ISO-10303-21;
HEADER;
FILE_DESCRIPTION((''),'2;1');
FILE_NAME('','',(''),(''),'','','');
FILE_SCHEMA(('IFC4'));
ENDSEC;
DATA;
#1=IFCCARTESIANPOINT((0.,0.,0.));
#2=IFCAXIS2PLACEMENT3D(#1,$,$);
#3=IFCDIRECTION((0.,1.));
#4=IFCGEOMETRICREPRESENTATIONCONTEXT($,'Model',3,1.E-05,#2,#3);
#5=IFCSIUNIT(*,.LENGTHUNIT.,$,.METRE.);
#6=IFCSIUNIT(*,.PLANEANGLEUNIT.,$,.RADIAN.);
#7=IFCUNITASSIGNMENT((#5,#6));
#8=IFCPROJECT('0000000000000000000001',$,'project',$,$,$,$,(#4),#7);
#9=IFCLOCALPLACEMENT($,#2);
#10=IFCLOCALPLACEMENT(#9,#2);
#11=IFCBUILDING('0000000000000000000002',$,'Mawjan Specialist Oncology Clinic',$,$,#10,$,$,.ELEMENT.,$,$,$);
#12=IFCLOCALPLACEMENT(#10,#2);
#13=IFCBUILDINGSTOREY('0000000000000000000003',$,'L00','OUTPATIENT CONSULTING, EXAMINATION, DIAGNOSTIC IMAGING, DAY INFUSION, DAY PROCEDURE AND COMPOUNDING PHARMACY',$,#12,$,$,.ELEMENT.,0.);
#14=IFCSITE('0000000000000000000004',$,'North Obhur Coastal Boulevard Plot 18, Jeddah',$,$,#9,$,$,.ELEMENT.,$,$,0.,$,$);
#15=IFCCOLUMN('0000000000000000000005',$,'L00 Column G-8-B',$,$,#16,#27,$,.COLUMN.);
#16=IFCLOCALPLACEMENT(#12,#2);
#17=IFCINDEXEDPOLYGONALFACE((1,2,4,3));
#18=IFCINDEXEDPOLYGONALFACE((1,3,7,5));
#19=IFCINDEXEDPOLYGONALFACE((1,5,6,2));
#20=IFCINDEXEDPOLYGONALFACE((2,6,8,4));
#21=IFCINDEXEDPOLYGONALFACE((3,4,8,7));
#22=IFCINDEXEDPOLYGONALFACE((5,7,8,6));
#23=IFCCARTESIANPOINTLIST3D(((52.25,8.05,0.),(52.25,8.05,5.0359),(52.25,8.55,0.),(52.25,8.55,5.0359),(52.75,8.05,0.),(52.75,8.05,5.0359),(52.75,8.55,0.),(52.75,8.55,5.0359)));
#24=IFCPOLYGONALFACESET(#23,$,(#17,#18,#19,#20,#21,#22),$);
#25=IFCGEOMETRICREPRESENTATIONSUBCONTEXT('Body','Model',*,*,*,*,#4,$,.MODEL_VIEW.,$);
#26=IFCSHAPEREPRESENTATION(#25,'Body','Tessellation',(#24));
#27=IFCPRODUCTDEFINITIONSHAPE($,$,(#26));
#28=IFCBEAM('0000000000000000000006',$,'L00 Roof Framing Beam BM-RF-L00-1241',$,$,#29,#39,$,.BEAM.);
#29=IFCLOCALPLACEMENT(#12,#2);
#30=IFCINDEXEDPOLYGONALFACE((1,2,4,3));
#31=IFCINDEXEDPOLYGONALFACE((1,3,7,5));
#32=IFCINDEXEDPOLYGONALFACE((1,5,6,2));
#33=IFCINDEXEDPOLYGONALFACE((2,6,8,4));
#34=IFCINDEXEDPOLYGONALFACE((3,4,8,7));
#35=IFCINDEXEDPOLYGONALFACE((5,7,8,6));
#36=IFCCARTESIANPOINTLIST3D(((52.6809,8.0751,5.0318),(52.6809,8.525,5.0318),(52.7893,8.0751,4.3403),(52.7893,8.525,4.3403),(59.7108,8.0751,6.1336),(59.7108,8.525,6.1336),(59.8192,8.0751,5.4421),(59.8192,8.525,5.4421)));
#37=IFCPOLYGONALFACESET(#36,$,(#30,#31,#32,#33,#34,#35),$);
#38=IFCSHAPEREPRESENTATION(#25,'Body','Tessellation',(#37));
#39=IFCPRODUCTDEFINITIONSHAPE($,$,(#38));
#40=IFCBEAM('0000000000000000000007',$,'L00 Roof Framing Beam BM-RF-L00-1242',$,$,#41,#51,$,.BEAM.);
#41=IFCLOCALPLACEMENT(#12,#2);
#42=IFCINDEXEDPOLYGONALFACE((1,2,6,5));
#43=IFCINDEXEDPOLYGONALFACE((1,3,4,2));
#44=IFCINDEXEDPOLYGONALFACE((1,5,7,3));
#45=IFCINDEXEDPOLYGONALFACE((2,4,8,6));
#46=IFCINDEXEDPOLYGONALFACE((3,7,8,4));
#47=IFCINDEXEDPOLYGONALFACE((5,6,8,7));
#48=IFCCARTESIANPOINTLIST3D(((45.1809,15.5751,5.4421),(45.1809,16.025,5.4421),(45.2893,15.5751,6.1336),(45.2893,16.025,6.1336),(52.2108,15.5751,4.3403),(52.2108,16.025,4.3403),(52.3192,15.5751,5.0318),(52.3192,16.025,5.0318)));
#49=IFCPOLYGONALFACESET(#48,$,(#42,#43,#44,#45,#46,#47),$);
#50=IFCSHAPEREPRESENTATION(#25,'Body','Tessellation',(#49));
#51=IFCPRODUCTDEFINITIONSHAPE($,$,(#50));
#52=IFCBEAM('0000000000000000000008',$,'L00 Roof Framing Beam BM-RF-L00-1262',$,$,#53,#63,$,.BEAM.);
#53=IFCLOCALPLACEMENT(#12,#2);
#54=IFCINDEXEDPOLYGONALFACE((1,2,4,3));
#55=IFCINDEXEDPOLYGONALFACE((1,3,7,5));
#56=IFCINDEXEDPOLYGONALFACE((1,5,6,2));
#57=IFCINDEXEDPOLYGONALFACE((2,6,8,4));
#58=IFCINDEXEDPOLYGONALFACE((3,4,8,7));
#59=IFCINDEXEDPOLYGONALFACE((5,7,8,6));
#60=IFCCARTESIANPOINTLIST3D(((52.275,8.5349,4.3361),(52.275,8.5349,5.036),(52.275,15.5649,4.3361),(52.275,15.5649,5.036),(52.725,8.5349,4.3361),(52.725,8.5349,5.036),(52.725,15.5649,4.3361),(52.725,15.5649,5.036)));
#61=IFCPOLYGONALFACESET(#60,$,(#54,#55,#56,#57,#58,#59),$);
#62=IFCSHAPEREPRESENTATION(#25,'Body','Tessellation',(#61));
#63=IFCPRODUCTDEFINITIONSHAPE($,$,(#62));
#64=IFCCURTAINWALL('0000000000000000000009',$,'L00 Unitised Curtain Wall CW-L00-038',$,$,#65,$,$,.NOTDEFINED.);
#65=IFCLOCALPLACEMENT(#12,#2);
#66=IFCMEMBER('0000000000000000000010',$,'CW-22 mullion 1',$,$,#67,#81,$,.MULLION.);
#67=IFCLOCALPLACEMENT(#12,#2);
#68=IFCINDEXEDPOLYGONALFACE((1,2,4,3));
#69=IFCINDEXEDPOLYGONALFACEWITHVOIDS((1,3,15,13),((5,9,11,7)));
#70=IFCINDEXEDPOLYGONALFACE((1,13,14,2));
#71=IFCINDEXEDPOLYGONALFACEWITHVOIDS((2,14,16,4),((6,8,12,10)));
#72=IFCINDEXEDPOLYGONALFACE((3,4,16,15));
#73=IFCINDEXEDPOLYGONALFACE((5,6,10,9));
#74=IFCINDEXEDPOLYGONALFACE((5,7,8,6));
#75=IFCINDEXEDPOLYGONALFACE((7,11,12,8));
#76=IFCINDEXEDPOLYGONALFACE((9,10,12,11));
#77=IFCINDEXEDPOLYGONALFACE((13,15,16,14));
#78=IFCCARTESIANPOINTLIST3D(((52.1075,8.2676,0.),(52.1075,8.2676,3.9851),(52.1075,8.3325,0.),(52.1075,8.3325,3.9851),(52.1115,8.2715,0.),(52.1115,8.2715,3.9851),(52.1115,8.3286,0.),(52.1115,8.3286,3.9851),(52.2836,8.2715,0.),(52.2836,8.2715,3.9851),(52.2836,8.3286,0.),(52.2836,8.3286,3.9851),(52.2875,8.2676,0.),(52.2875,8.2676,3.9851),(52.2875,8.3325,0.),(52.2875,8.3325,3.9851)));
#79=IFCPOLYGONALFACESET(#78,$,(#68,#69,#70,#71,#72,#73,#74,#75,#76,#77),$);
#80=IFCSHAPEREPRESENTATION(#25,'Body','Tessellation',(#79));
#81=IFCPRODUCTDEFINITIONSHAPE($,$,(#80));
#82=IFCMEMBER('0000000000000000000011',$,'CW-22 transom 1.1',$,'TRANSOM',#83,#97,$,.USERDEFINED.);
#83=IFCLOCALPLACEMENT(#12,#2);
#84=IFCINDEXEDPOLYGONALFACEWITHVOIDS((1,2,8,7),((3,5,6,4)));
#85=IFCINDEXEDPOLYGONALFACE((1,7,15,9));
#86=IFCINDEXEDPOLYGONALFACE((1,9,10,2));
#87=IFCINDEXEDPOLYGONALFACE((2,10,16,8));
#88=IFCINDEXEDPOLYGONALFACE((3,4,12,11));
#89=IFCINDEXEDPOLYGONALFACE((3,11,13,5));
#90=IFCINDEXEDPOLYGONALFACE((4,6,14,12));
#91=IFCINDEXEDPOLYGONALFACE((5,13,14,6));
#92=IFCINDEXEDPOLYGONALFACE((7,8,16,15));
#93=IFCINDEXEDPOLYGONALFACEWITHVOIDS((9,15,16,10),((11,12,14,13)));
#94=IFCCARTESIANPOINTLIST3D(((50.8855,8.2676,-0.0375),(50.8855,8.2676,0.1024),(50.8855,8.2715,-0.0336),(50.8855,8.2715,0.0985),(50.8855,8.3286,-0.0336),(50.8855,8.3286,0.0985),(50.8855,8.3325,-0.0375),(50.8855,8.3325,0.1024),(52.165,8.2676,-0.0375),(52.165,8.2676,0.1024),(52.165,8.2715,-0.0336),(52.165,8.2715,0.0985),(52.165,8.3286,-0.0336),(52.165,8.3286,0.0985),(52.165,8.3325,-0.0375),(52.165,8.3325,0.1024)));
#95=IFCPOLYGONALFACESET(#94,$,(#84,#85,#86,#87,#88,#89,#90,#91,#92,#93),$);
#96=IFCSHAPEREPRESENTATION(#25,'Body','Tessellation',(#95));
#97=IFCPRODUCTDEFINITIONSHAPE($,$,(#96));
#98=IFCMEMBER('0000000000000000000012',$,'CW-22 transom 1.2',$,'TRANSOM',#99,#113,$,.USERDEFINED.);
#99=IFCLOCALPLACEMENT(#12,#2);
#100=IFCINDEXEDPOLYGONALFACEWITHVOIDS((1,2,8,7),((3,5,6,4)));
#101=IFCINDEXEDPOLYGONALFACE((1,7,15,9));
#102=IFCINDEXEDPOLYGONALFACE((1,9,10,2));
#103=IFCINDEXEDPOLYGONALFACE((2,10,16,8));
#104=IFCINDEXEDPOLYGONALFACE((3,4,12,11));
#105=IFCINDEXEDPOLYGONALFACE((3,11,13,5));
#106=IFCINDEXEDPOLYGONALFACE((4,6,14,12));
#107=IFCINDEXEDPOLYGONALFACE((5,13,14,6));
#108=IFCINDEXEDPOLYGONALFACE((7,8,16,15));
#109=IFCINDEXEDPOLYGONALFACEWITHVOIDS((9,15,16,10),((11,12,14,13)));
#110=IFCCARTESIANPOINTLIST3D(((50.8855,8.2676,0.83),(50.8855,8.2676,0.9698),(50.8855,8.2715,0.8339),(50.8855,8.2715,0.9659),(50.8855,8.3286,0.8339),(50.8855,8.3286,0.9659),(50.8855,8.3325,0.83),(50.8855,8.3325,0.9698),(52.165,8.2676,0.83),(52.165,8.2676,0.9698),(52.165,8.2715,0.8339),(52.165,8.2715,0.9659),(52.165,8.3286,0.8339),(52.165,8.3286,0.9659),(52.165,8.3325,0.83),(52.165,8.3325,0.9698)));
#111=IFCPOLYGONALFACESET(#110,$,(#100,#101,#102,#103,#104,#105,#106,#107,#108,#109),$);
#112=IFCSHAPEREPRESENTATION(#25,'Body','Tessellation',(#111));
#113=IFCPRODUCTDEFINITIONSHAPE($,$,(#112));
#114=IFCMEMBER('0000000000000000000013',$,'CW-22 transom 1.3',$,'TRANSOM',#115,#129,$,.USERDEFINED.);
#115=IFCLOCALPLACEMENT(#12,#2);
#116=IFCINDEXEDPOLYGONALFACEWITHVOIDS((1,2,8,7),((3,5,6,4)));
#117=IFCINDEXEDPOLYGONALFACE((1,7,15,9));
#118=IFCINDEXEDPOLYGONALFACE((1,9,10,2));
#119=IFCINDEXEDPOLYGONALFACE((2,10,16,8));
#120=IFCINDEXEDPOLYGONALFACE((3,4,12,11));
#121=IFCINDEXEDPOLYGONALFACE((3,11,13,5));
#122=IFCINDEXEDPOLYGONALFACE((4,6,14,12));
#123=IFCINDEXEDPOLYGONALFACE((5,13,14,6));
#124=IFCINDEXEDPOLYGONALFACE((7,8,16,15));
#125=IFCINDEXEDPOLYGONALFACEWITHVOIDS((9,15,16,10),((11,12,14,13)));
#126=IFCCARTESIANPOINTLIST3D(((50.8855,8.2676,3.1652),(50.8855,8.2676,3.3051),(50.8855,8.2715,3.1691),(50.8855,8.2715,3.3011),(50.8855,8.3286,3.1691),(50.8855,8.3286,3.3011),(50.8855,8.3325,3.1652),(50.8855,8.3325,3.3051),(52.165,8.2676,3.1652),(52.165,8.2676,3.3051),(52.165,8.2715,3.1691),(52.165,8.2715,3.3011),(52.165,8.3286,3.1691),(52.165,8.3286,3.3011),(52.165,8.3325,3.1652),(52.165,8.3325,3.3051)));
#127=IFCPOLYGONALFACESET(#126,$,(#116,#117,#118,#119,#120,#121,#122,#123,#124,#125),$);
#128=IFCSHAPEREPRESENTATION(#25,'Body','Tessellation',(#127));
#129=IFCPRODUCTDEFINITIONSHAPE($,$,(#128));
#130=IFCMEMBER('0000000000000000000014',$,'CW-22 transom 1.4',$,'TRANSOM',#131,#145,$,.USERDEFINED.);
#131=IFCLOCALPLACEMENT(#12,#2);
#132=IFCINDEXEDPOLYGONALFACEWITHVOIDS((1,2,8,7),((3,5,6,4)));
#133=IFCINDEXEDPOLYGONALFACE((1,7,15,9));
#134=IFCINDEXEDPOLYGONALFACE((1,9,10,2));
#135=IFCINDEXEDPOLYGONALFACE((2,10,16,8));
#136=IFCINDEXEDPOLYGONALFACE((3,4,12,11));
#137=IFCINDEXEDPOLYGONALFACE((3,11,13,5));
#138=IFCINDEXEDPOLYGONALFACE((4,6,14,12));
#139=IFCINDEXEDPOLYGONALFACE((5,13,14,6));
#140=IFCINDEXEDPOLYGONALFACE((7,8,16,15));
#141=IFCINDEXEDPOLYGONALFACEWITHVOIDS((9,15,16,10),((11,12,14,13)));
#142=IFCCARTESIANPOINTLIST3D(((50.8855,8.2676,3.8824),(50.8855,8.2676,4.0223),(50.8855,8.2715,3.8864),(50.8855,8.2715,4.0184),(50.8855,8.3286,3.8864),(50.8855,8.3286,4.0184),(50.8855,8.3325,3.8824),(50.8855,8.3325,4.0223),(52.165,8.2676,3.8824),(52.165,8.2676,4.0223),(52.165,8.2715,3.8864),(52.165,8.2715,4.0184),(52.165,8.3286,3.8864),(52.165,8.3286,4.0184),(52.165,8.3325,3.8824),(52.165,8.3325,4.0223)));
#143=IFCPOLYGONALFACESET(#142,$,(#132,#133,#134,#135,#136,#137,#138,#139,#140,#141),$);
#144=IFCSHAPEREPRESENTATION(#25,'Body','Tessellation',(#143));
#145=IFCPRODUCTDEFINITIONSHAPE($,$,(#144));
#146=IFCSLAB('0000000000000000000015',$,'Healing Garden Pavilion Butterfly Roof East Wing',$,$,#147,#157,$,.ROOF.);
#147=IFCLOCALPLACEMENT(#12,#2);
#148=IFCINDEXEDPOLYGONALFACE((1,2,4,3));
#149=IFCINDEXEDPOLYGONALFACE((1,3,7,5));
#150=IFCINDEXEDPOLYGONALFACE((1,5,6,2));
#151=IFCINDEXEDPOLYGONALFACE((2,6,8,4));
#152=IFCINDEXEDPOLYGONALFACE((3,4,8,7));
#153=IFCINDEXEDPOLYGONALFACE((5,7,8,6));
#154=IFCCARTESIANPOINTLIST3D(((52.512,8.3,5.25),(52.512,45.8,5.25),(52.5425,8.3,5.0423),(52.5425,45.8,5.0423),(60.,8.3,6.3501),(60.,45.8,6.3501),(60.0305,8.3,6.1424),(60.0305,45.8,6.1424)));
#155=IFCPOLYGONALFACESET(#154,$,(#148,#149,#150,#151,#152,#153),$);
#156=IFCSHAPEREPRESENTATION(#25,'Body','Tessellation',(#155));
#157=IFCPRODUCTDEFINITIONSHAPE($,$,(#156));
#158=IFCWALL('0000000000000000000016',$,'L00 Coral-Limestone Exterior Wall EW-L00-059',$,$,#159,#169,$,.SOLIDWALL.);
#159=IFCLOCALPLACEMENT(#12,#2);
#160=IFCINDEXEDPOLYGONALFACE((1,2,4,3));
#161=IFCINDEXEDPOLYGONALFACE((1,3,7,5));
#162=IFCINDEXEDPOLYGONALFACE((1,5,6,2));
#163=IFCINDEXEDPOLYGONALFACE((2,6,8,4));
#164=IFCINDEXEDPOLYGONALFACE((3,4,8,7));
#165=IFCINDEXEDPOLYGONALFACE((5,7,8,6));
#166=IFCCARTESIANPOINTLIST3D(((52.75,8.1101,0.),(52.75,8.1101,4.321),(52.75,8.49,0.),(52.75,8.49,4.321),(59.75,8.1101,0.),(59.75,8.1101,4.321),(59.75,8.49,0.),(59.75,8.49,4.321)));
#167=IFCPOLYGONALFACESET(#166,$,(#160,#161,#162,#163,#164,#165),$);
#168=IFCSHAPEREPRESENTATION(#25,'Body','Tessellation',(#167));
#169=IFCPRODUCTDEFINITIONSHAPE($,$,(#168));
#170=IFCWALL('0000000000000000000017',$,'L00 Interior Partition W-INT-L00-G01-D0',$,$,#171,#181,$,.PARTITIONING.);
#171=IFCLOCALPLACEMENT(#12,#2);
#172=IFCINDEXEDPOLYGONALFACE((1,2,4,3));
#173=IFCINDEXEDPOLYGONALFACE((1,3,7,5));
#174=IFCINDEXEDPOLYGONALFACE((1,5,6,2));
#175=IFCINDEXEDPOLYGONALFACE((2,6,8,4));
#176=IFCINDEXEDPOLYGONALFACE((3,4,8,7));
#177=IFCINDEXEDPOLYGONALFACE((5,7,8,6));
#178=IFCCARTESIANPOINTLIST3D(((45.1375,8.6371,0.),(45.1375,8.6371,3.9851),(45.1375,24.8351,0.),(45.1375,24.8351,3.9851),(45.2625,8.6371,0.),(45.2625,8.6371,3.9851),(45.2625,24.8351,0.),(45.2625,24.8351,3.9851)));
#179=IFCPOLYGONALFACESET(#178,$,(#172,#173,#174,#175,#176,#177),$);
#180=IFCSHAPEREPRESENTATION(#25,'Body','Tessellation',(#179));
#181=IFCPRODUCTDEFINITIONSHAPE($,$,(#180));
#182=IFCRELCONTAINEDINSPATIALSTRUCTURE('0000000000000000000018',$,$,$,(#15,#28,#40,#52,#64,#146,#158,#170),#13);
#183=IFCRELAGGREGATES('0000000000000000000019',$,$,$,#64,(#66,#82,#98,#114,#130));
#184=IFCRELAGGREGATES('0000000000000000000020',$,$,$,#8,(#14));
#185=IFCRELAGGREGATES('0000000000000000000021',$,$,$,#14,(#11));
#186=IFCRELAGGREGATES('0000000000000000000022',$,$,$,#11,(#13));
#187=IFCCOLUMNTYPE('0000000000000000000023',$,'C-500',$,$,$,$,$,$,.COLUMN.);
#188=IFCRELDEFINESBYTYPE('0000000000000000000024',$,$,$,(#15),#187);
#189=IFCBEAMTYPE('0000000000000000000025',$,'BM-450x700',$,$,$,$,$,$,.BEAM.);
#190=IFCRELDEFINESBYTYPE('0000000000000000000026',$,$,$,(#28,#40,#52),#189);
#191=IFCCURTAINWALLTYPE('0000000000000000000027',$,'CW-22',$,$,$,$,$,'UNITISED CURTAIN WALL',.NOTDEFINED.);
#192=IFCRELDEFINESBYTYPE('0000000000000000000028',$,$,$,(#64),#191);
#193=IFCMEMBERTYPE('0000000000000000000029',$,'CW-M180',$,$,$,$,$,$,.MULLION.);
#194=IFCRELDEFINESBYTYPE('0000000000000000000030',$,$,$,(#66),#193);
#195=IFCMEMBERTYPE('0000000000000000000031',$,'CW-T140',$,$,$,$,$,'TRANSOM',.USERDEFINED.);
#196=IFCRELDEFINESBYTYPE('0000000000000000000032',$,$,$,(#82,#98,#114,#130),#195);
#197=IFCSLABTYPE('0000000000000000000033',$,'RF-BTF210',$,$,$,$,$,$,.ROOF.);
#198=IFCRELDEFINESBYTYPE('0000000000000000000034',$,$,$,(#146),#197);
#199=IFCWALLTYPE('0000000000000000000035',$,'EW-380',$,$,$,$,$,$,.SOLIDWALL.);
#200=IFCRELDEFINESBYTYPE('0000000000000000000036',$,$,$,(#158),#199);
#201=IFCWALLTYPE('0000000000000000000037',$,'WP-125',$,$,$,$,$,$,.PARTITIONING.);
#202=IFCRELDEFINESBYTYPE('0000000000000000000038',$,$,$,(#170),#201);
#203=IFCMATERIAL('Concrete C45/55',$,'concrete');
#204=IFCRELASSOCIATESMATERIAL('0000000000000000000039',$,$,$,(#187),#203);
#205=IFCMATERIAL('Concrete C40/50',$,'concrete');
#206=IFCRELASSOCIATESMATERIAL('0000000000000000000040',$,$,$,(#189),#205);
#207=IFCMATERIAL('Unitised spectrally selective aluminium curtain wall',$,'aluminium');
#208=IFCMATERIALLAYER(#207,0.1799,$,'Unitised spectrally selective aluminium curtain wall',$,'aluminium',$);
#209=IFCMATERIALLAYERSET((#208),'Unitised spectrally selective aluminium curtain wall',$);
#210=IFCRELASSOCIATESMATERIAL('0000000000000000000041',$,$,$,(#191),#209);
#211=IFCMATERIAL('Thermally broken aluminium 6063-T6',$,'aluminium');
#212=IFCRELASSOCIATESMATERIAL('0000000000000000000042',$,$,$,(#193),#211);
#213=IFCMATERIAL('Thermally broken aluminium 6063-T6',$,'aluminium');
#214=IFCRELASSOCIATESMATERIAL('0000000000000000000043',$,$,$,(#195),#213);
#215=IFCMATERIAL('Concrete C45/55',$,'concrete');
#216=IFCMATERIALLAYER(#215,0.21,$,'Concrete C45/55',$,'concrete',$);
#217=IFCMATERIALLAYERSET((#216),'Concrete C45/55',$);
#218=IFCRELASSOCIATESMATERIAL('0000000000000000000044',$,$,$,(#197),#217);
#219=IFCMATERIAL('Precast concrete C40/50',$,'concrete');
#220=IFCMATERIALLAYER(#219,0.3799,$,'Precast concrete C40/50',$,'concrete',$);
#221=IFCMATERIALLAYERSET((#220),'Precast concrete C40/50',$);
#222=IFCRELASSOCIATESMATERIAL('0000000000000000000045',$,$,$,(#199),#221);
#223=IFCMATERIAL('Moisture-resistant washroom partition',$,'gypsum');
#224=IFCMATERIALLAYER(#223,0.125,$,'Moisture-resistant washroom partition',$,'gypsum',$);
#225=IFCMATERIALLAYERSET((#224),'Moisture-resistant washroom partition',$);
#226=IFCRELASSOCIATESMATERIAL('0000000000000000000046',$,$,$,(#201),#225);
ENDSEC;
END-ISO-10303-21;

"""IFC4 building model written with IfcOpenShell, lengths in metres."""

from ifc_helpers import new_model, si_unit, direction, frame, frame_2d, origin, origin_2d, place, context, subcontext, project, spatial, polyline, rectangle, hollow_rectangle, outline, extrude, material, layer, layer_set, material_profile, profile_set, type_object, element, aggregate, save


model = new_model("IFC4")

# Units and contexts
model_context = context("Model", 3, precision=1e-05, world=origin(), true_north=direction((0.0, 1.0)))
body_context = subcontext(model_context, "Body", "Model", "MODEL_VIEW")
ifc_project = project(units=[si_unit("LENGTHUNIT", "METRE"), si_unit("PLANEANGLEUNIT", "RADIAN")], contexts=[model_context])

# Site, building, storey
site_placement = place(None, origin())
site = spatial("IfcSite", under=ifc_project, at=site_placement, Name="North Obhur Coastal Boulevard Plot 18, Jeddah", CompositionType="ELEMENT", RefElevation=0.0)
building_placement = place(site_placement, origin())
building = spatial("IfcBuilding", under=site, at=building_placement, Name="Mawjan Specialist Oncology Clinic", CompositionType="ELEMENT")
storey_placement = place(building_placement, origin())
storey = spatial("IfcBuildingStorey", under=building, at=storey_placement, Name="L00", Description="OUTPATIENT CONSULTING, EXAMINATION, DIAGNOSTIC IMAGING, DAY INFUSION, DAY PROCEDURE AND COMPOUNDING PHARMACY", CompositionType="ELEMENT", Elevation=0.0)

# Column
ifc_material_1 = material(Name="Concrete C45/55", Category="concrete")
ifc_material_profile_1 = material_profile(ifc_material_1, rectangle(XDim=0.5, YDim=0.5, at=origin_2d()), Name="RC COL 500x500", Category="concrete")
ifc_profile_set_1 = profile_set([ifc_material_profile_1], Name="Concrete C45/55")
column_type = type_object("IfcColumnType", Name="C-500", PredefinedType="COLUMN", material=ifc_profile_set_1)
column_1_placement = place(storey_placement, frame((52.5, 8.3, 0.0), z_axis=(0.0, 0.0, 1.0), x_axis=(1.0, 0.0, 0.0)))
element("IfcColumn", 1, at=column_1_placement, inside=storey, type_object=column_type, Name="L00 Column G-8-B", PredefinedType="COLUMN", context=body_context, shape_type="SweptSolid", body=[
    extrude(rectangle(XDim=0.5, YDim=0.5, at=origin_2d()), origin(), (0.0, 0.0, 1.0), 5.0359),
])

# Beams
ifc_material_2 = material(Name="Concrete C40/50", Category="concrete")
ifc_material_profile_2 = material_profile(ifc_material_2, rectangle(XDim=0.45, YDim=0.7, at=origin_2d()), Name="RC BM 450x700", Category="concrete")
ifc_profile_set_2 = profile_set([ifc_material_profile_2], Name="Concrete C40/50")
beam_type = type_object("IfcBeamType", Name="BM-450x700", PredefinedType="BEAM", material=ifc_profile_set_2)
for number, where, z_axis, x_axis, name in (
    (2, (52.7351, 8.3, 4.686), (0.987939, 0.0, 0.154844), (0.0, 1.0, 0.0), "L00 Roof Framing Beam BM-RF-L00-1241"),
    (3, (45.2351, 15.8, 5.7878), (0.987939, 0.0, -0.154844), (0.0, 1.0, 0.0), "L00 Roof Framing Beam BM-RF-L00-1242"),
):
    element("IfcBeam", number, at=place(storey_placement, frame(where, z_axis=z_axis, x_axis=x_axis)), inside=storey, type_object=beam_type, Name=name, PredefinedType="BEAM", context=body_context, shape_type="SweptSolid", body=[
        extrude(rectangle(XDim=0.45, YDim=0.7, at=origin_2d()), origin(), (0.0, 0.0, 1.0), 7.1157),
    ])
beam_placement = place(storey_placement, frame((52.5, 8.5349, 4.686), z_axis=(0.0, 1.0, 0.0), x_axis=(-1.0, 0.0, 0.0)))
element("IfcBeam", 4, at=beam_placement, inside=storey, type_object=beam_type, Name="L00 Roof Framing Beam BM-RF-L00-1262", PredefinedType="BEAM", context=body_context, shape_type="SweptSolid", body=[
    extrude(rectangle(XDim=0.45, YDim=0.7, at=origin_2d()), origin(), (0.0, 0.0, 1.0), 7.03),
])

# Curtain wall, members
ifc_material_3 = material(Name="Unitised spectrally selective aluminium curtain wall", Category="aluminium")
ifc_layer_1 = layer(ifc_material_3, 0.1799, Name="Unitised spectrally selective aluminium curtain wall", Category="aluminium")
ifc_layer_set_1 = layer_set([ifc_layer_1], Name="Unitised spectrally selective aluminium curtain wall")
curtain_wall_type = type_object("IfcCurtainWallType", Name="CW-22", ElementType="UNITISED CURTAIN WALL", PredefinedType="NOTDEFINED", material=ifc_layer_set_1)
curtain_wall_placement = place(storey_placement, origin())
curtain_wall = element("IfcCurtainWall", 5, at=curtain_wall_placement, inside=storey, type_object=curtain_wall_type, Name="L00 Unitised Curtain Wall CW-L00-038", PredefinedType="NOTDEFINED")
ifc_material_4 = material(Name="Thermally broken aluminium 6063-T6", Category="aluminium")
ifc_material_profile_3 = material_profile(ifc_material_4, hollow_rectangle(XDim=0.0649, YDim=0.1799, WallThickness=0.0039, at=origin_2d()), Name="ALU MULLION 180x65x4", Category="aluminium")
ifc_profile_set_3 = profile_set([ifc_material_profile_3], Name="Thermally broken aluminium 6063-T6")
member_type_1 = type_object("IfcMemberType", Name="CW-M180", PredefinedType="MULLION", material=ifc_profile_set_3)
member_1_placement = place(storey_placement, frame((52.1975, 8.3, 0.0), z_axis=(0.0, 0.0, 1.0), x_axis=(0.0, -1.0, 0.0)))
member_1 = element("IfcMember", 6, at=member_1_placement, type_object=member_type_1, Name="CW-22 mullion 1", PredefinedType="MULLION", context=body_context, shape_type="SweptSolid", body=[
    extrude(hollow_rectangle(XDim=0.0649, YDim=0.1799, WallThickness=0.0039, at=origin_2d()), origin(), (0.0, 0.0, 1.0), 3.9851),
])
ifc_material_5 = material(Name="Thermally broken aluminium 6063-T6", Category="aluminium")
ifc_material_profile_4 = material_profile(ifc_material_5, hollow_rectangle(XDim=0.0649, YDim=0.1399, WallThickness=0.0039, at=origin_2d()), Name="ALU TRANSOM 140x65x4", Category="aluminium")
ifc_profile_set_4 = profile_set([ifc_material_profile_4], Name="Thermally broken aluminium 6063-T6")
member_type_2 = type_object("IfcMemberType", Name="CW-T140", ElementType="TRANSOM", PredefinedType="USERDEFINED", material=ifc_profile_set_4)
member_2_placement = place(storey_placement, frame((52.165, 8.3, 0.0325), z_axis=(-1.0, 0.0, 0.0), x_axis=(0.0, -1.0, 0.0)))
member_2 = element("IfcMember", 7, at=member_2_placement, type_object=member_type_2, Name="CW-22 transom 1.1", ObjectType="TRANSOM", PredefinedType="USERDEFINED", context=body_context, shape_type="SweptSolid", body=[
    extrude(hollow_rectangle(XDim=0.0649, YDim=0.1399, WallThickness=0.0039, at=origin_2d()), origin(), (0.0, 0.0, 1.0), 1.2795),
])
member_3_placement = place(storey_placement, frame((52.165, 8.3, 0.8999), z_axis=(-1.0, 0.0, 0.0), x_axis=(0.0, -1.0, 0.0)))
member_3 = element("IfcMember", 8, at=member_3_placement, type_object=member_type_2, Name="CW-22 transom 1.2", ObjectType="TRANSOM", PredefinedType="USERDEFINED", context=body_context, shape_type="SweptSolid", body=[
    extrude(hollow_rectangle(XDim=0.0649, YDim=0.1399, WallThickness=0.0039, at=origin_2d()), origin(), (0.0, 0.0, 1.0), 1.2795),
])
member_4_placement = place(storey_placement, frame((52.165, 8.3, 3.2351), z_axis=(-1.0, 0.0, 0.0), x_axis=(0.0, -1.0, 0.0)))
member_4 = element("IfcMember", 9, at=member_4_placement, type_object=member_type_2, Name="CW-22 transom 1.3", ObjectType="TRANSOM", PredefinedType="USERDEFINED", context=body_context, shape_type="SweptSolid", body=[
    extrude(hollow_rectangle(XDim=0.0649, YDim=0.1399, WallThickness=0.0039, at=origin_2d()), origin(), (0.0, 0.0, 1.0), 1.2795),
])
member_5_placement = place(storey_placement, frame((52.165, 8.3, 3.9524), z_axis=(-1.0, 0.0, 0.0), x_axis=(0.0, -1.0, 0.0)))
member_5 = element("IfcMember", 10, at=member_5_placement, type_object=member_type_2, Name="CW-22 transom 1.4", ObjectType="TRANSOM", PredefinedType="USERDEFINED", context=body_context, shape_type="SweptSolid", body=[
    extrude(hollow_rectangle(XDim=0.0649, YDim=0.1399, WallThickness=0.0039, at=origin_2d()), origin(), (0.0, 0.0, 1.0), 1.2795),
])
aggregate(curtain_wall, [member_1, member_2, member_3, member_4, member_5])

# Slab
ifc_material_6 = material(Name="Concrete C45/55", Category="concrete")
ifc_layer_2 = layer(ifc_material_6, 0.21, Name="Concrete C45/55", Category="concrete")
ifc_layer_set_2 = layer_set([ifc_layer_2], Name="Concrete C45/55")
slab_type = type_object("IfcSlabType", Name="RF-BTF210", PredefinedType="ROOF", material=ifc_layer_set_2)
slab_placement = place(storey_placement, frame((52.512, 8.3, 5.25), z_axis=(-0.145354, 0.0, 0.98938), x_axis=(0.98938, 0.0, 0.145354)))
element("IfcSlab", 11, at=slab_placement, inside=storey, type_object=slab_type, Name="Healing Garden Pavilion Butterfly Roof East Wing", PredefinedType="ROOF", context=body_context, shape_type="SweptSolid", body=[
    extrude(outline(polyline([(0.0, 0.0), (7.5684, 0.0), (7.5684, 37.5), (0.0, 37.5), (0.0, 0.0)])), origin(), (0.0, 0.0, -1.0), 0.21),
])

# Walls
ifc_material_7 = material(Name="Precast concrete C40/50", Category="concrete")
ifc_layer_3 = layer(ifc_material_7, 0.3799, Name="Precast concrete C40/50", Category="concrete")
ifc_layer_set_3 = layer_set([ifc_layer_3], Name="Precast concrete C40/50")
wall_type_1 = type_object("IfcWallType", Name="EW-380", PredefinedType="SOLIDWALL", material=ifc_layer_set_3)
wall_1_placement = place(storey_placement, frame((59.75, 8.3, 0.0), z_axis=(0.0, 0.0, 1.0), x_axis=(-1.0, 0.0, 0.0)))
element("IfcWall", 12, at=wall_1_placement, inside=storey, type_object=wall_type_1, Name="L00 Coral-Limestone Exterior Wall EW-L00-059", PredefinedType="SOLIDWALL", context=body_context, shape_type="SweptSolid", body=[
    extrude(rectangle(XDim=7.0, YDim=0.3799, at=frame_2d((3.5, 0.0))), origin(), (0.0, 0.0, 1.0), 4.321),
])
ifc_material_8 = material(Name="Moisture-resistant washroom partition", Category="gypsum")
ifc_layer_4 = layer(ifc_material_8, 0.125, Name="Moisture-resistant washroom partition", Category="gypsum")
ifc_layer_set_4 = layer_set([ifc_layer_4], Name="Moisture-resistant washroom partition")
wall_type_2 = type_object("IfcWallType", Name="WP-125", PredefinedType="PARTITIONING", material=ifc_layer_set_4)
wall_2_placement = place(storey_placement, frame((45.2, 8.637, 0.0), z_axis=(0.0, 0.0, 1.0), x_axis=(0.0, 1.0, 0.0)))
element("IfcWall", 13, at=wall_2_placement, inside=storey, type_object=wall_type_2, Name="L00 Interior Partition W-INT-L00-G01-D0", PredefinedType="PARTITIONING", context=body_context, shape_type="SweptSolid", body=[
    extrude(rectangle(XDim=16.198, YDim=0.125, at=frame_2d((8.0991, 0.0))), origin(), (0.0, 0.0, 1.0), 3.9851),
])

save(model, "model.ifc")
